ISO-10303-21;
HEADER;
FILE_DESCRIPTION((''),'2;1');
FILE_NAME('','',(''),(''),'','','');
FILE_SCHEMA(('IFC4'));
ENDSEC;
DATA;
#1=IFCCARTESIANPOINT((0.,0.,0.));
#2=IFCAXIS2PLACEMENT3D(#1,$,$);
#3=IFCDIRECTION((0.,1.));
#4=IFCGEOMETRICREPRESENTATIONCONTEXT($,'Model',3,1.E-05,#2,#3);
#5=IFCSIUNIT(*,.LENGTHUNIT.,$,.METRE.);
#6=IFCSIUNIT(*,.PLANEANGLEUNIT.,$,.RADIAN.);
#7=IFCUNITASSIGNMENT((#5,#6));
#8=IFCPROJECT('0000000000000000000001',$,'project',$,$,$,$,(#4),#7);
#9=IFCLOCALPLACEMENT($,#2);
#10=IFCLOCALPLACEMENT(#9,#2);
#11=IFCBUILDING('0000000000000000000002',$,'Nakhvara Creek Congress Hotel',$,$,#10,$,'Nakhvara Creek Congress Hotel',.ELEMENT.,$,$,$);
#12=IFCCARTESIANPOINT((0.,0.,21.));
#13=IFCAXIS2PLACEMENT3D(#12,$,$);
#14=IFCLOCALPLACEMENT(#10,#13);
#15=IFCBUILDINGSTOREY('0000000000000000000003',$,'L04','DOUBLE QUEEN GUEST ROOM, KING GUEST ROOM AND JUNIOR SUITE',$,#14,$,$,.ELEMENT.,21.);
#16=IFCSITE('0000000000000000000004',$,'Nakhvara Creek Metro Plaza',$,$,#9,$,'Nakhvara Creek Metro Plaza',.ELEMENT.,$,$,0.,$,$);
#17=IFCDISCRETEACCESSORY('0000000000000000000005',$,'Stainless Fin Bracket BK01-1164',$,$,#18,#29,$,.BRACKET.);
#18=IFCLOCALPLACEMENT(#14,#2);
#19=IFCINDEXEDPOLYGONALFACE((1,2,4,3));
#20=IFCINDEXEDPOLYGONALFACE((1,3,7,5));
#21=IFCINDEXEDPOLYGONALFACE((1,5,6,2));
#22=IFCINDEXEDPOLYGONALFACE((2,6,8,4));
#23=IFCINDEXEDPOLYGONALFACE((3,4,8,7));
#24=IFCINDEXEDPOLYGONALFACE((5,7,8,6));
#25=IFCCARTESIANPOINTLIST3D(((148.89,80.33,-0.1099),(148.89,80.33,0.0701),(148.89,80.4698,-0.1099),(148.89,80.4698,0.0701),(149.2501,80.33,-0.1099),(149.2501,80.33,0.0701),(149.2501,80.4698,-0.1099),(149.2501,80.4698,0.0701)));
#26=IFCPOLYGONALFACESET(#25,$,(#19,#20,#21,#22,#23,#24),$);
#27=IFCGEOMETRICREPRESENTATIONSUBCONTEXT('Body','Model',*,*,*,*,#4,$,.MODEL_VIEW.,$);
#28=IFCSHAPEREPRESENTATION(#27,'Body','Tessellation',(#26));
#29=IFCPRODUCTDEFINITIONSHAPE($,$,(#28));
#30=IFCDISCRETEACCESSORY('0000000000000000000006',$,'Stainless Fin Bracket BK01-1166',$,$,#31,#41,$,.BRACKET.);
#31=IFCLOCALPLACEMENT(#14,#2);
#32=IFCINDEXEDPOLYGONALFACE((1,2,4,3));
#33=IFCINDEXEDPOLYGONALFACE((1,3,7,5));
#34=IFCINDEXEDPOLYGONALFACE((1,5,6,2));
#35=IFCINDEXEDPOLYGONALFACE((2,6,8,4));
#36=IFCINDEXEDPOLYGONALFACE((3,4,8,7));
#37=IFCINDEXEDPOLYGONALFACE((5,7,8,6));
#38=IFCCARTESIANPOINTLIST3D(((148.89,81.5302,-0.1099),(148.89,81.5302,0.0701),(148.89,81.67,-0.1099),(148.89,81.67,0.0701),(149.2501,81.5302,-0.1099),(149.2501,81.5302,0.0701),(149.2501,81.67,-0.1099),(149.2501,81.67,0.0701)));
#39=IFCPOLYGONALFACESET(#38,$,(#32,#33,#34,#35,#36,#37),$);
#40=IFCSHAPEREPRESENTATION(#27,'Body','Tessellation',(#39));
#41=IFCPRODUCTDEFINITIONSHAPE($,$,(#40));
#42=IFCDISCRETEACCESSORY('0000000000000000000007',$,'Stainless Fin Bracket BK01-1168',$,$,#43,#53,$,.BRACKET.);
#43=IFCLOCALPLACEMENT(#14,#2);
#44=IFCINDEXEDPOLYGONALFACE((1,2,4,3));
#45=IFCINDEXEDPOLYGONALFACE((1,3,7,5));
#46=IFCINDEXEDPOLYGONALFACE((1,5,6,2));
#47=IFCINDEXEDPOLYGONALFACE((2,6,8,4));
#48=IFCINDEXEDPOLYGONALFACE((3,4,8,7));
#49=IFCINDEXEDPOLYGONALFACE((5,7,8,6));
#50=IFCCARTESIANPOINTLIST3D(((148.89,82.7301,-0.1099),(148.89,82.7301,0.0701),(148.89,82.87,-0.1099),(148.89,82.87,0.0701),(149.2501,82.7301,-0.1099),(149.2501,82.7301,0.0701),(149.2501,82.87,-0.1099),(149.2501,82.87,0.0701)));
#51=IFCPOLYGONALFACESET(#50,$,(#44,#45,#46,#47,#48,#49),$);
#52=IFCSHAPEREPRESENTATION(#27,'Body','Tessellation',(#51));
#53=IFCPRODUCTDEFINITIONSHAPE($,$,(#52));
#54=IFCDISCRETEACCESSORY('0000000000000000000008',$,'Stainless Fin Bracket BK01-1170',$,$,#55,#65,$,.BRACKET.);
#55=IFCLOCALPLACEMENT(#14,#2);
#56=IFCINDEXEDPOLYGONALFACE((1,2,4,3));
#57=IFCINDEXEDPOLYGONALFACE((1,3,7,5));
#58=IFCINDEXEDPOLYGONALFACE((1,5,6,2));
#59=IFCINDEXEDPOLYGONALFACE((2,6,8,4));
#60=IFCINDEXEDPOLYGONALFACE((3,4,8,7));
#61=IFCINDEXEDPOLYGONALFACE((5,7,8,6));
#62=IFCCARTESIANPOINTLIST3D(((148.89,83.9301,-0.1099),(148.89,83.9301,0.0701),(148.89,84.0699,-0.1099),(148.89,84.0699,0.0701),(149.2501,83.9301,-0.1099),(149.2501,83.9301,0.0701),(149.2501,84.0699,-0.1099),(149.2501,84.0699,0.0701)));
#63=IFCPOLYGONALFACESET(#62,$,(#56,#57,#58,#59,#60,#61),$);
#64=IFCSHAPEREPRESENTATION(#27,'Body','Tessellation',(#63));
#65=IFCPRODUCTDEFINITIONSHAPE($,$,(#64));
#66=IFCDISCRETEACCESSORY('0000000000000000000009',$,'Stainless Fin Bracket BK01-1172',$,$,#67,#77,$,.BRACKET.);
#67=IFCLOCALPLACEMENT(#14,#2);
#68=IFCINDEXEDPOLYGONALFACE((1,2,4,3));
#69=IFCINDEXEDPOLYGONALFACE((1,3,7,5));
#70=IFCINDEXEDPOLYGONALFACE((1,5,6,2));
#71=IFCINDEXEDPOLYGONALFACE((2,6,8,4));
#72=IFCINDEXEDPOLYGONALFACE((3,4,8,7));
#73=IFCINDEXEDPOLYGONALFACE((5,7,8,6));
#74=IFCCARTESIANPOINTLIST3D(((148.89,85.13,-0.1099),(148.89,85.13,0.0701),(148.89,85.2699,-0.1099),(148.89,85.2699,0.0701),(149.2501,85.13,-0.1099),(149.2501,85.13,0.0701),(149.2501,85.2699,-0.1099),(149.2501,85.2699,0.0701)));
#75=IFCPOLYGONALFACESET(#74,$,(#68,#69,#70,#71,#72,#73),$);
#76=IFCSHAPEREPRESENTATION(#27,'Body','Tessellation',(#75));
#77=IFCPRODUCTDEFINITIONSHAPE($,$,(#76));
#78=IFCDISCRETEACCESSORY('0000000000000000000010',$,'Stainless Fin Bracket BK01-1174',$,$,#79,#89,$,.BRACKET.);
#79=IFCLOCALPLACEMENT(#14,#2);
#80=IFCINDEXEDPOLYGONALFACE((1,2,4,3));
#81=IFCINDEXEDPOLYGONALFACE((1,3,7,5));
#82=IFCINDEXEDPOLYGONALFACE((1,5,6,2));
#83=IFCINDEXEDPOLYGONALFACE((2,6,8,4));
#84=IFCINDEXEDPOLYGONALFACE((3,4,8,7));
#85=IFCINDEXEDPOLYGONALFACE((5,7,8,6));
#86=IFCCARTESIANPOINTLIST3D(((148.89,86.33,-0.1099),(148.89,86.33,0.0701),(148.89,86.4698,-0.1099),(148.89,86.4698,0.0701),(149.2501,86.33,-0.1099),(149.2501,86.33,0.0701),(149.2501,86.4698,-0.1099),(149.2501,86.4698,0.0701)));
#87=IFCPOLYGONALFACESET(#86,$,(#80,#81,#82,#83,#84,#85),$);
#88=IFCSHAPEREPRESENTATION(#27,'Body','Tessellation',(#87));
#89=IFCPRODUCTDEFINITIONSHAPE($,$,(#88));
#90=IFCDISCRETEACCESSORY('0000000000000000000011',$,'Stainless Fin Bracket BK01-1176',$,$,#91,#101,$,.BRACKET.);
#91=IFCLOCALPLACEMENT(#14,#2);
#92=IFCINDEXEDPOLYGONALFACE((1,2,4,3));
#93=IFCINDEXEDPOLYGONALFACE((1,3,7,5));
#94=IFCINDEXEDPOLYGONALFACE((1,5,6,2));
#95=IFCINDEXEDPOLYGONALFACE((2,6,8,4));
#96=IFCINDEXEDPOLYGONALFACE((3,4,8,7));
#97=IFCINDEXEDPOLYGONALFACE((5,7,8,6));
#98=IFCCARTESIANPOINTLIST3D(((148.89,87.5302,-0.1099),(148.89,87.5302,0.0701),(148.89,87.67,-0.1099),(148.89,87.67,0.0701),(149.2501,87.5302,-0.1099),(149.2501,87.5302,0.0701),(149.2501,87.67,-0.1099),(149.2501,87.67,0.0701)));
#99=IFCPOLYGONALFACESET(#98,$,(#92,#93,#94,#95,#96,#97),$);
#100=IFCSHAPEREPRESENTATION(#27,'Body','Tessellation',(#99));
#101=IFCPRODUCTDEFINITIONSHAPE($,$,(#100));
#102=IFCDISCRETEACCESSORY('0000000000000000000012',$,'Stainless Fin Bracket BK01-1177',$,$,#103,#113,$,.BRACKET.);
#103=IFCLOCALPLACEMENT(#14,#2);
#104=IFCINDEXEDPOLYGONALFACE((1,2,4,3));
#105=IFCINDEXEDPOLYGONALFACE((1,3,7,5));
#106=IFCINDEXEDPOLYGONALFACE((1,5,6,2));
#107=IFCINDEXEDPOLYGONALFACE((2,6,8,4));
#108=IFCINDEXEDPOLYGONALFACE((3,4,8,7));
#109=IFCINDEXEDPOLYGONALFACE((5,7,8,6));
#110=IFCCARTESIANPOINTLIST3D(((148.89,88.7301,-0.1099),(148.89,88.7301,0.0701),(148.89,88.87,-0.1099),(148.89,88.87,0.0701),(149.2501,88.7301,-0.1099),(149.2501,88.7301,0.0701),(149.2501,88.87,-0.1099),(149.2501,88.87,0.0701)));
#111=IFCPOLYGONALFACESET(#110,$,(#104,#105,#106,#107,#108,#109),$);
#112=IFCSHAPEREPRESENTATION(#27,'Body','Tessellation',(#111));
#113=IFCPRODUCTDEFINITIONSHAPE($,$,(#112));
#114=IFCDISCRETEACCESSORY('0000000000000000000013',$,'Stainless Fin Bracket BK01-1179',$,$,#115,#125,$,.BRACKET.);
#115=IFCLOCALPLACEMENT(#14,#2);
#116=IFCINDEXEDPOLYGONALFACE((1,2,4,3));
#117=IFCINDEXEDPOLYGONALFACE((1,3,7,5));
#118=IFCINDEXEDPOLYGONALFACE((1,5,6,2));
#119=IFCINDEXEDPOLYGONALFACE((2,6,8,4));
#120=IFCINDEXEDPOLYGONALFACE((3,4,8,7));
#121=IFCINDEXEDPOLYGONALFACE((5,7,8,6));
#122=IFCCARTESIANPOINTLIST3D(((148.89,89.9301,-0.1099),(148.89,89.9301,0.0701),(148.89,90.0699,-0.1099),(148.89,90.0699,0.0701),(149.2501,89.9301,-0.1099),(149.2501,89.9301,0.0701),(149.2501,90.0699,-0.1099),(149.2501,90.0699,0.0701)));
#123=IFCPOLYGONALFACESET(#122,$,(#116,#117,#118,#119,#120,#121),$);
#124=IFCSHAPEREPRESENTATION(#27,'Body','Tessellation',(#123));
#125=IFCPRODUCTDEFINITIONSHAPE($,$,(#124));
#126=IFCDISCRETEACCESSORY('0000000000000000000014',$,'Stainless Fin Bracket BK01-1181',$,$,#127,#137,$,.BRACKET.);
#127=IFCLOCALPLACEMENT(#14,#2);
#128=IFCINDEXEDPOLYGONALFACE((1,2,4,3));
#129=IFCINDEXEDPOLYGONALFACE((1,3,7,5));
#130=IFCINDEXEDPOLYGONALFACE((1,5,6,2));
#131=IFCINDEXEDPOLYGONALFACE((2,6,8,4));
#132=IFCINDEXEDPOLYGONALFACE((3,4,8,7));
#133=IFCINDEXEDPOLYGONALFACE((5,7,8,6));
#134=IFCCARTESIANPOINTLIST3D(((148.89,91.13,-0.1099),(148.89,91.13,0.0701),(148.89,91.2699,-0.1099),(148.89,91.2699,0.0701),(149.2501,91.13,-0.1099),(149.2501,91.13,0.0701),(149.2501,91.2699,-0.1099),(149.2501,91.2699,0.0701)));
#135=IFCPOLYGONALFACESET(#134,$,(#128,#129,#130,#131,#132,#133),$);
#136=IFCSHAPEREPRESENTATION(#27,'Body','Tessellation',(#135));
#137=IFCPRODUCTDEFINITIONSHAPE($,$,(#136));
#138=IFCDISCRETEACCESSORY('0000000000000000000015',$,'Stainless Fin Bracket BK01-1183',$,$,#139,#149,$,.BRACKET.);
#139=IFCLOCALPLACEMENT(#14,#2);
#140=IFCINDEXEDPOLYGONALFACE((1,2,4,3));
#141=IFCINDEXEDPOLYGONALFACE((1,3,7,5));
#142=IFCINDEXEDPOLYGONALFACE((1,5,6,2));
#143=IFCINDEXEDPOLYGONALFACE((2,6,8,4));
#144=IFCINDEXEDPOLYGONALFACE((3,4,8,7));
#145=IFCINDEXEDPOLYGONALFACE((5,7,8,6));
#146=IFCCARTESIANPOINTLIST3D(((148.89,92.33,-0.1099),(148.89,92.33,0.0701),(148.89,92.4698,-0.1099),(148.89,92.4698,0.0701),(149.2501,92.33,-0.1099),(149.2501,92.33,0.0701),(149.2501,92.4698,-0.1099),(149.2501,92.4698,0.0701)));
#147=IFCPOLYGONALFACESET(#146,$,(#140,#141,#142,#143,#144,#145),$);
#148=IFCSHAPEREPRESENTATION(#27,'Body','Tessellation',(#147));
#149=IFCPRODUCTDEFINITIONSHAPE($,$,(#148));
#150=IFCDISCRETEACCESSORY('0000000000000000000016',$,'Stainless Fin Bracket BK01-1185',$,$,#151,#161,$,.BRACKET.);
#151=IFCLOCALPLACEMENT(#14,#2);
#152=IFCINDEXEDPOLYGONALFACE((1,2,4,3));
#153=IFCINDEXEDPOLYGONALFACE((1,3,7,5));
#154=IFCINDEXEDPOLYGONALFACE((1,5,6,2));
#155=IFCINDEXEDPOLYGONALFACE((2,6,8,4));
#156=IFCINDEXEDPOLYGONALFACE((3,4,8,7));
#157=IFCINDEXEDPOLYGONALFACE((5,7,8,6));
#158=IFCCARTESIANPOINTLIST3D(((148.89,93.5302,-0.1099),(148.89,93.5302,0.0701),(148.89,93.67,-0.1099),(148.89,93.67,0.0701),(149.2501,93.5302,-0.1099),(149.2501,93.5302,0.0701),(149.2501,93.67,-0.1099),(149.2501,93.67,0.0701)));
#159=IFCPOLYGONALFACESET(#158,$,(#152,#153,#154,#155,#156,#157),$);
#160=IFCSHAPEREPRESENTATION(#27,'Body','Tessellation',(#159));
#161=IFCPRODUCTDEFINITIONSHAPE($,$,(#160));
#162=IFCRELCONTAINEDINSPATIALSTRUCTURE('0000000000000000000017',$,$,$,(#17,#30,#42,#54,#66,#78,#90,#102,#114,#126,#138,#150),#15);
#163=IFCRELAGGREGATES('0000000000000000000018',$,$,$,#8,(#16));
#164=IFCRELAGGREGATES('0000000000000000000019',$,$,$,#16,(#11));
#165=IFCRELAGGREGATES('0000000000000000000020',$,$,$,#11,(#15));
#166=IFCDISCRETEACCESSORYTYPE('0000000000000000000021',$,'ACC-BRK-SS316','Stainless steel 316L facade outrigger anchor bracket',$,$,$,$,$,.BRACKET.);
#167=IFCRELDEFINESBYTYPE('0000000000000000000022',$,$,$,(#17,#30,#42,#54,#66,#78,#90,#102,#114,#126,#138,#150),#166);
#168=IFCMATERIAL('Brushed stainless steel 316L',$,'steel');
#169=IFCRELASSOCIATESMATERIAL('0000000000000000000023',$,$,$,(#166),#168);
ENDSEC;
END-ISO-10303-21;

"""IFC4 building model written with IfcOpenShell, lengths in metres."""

from ifc_helpers import new_model, si_unit, direction, frame, origin, origin_2d, place, context, subcontext, project, spatial, rectangle, extrude, material, type_object, element, save


model = new_model("IFC4")

# Units and contexts
model_context = context("Model", 3, precision=1e-05, world=origin(), true_north=direction((0.0, 1.0)))
body_context = subcontext(model_context, "Body", "Model", "MODEL_VIEW")
ifc_project = project(units=[si_unit("LENGTHUNIT", "METRE"), si_unit("PLANEANGLEUNIT", "RADIAN")], contexts=[model_context])

# Site, building, storey
site_placement = place(None, origin())
site = spatial("IfcSite", under=ifc_project, at=site_placement, Name="Nakhvara Creek Metro Plaza", LongName="Nakhvara Creek Metro Plaza", CompositionType="ELEMENT", RefElevation=0.0)
building_placement = place(site_placement, origin())
building = spatial("IfcBuilding", under=site, at=building_placement, Name="Nakhvara Creek Congress Hotel", LongName="Nakhvara Creek Congress Hotel", CompositionType="ELEMENT")
storey_placement = place(building_placement, frame((0.0, 0.0, 21.0)))
storey = spatial("IfcBuildingStorey", under=building, at=storey_placement, Name="L04", Description="DOUBLE QUEEN GUEST ROOM, KING GUEST ROOM AND JUNIOR SUITE", CompositionType="ELEMENT", Elevation=21.0)

# Discrete accessories
ifc_material_1 = material(Name="Brushed stainless steel 316L", Category="steel")
discrete_accessory_type = type_object("IfcDiscreteAccessoryType", Name="ACC-BRK-SS316", Description="Stainless steel 316L facade outrigger anchor bracket", PredefinedType="BRACKET", material=ifc_material_1)
for number, where, z_axis, x_axis, name in (
    (1, (149.0701, 80.3999, -0.1099), (0.0, 0.0, 1.0), (0.0, 1.0, 0.0), "Stainless Fin Bracket BK01-1164"),
    (2, (149.0701, 81.6001, -0.1099), (0.0, 0.0, 1.0), (0.0, 1.0, 0.0), "Stainless Fin Bracket BK01-1166"),
    (3, (149.0701, 82.8, -0.1099), (0.0, 0.0, 1.0), (0.0, 1.0, 0.0), "Stainless Fin Bracket BK01-1168"),
    (4, (149.0701, 84.0, -0.1099), (0.0, 0.0, 1.0), (0.0, 1.0, 0.0), "Stainless Fin Bracket BK01-1170"),
    (5, (149.0701, 85.2, -0.1099), (0.0, 0.0, 1.0), (0.0, 1.0, 0.0), "Stainless Fin Bracket BK01-1172"),
    (6, (149.0701, 86.3999, -0.1099), (0.0, 0.0, 1.0), (0.0, 1.0, 0.0), "Stainless Fin Bracket BK01-1174"),
    (7, (149.0701, 87.6001, -0.1099), (0.0, 0.0, 1.0), (0.0, 1.0, 0.0), "Stainless Fin Bracket BK01-1176"),
    (8, (149.0701, 88.8, -0.1099), (0.0, 0.0, 1.0), (0.0, 1.0, 0.0), "Stainless Fin Bracket BK01-1177"),
    (9, (149.0701, 90.0, -0.1099), (0.0, 0.0, 1.0), (0.0, 1.0, 0.0), "Stainless Fin Bracket BK01-1179"),
    (10, (149.0701, 91.2, -0.1099), (0.0, 0.0, 1.0), (0.0, 1.0, 0.0), "Stainless Fin Bracket BK01-1181"),
    (11, (149.0701, 92.3999, -0.1099), (0.0, 0.0, 1.0), (0.0, 1.0, 0.0), "Stainless Fin Bracket BK01-1183"),
    (12, (149.0701, 93.6001, -0.1099), (0.0, 0.0, 1.0), (0.0, 1.0, 0.0), "Stainless Fin Bracket BK01-1185"),
):
    element("IfcDiscreteAccessory", number, at=place(storey_placement, frame(where, z_axis=z_axis, x_axis=x_axis)), inside=storey, type_object=discrete_accessory_type, Name=name, PredefinedType="BRACKET", context=body_context, shape_type="SweptSolid", body=[
        extrude(rectangle(XDim=0.1399, YDim=0.3601, at=origin_2d()), origin(), (0.0, 0.0, 1.0), 0.1799),
    ])

save(model, "model.ifc")
